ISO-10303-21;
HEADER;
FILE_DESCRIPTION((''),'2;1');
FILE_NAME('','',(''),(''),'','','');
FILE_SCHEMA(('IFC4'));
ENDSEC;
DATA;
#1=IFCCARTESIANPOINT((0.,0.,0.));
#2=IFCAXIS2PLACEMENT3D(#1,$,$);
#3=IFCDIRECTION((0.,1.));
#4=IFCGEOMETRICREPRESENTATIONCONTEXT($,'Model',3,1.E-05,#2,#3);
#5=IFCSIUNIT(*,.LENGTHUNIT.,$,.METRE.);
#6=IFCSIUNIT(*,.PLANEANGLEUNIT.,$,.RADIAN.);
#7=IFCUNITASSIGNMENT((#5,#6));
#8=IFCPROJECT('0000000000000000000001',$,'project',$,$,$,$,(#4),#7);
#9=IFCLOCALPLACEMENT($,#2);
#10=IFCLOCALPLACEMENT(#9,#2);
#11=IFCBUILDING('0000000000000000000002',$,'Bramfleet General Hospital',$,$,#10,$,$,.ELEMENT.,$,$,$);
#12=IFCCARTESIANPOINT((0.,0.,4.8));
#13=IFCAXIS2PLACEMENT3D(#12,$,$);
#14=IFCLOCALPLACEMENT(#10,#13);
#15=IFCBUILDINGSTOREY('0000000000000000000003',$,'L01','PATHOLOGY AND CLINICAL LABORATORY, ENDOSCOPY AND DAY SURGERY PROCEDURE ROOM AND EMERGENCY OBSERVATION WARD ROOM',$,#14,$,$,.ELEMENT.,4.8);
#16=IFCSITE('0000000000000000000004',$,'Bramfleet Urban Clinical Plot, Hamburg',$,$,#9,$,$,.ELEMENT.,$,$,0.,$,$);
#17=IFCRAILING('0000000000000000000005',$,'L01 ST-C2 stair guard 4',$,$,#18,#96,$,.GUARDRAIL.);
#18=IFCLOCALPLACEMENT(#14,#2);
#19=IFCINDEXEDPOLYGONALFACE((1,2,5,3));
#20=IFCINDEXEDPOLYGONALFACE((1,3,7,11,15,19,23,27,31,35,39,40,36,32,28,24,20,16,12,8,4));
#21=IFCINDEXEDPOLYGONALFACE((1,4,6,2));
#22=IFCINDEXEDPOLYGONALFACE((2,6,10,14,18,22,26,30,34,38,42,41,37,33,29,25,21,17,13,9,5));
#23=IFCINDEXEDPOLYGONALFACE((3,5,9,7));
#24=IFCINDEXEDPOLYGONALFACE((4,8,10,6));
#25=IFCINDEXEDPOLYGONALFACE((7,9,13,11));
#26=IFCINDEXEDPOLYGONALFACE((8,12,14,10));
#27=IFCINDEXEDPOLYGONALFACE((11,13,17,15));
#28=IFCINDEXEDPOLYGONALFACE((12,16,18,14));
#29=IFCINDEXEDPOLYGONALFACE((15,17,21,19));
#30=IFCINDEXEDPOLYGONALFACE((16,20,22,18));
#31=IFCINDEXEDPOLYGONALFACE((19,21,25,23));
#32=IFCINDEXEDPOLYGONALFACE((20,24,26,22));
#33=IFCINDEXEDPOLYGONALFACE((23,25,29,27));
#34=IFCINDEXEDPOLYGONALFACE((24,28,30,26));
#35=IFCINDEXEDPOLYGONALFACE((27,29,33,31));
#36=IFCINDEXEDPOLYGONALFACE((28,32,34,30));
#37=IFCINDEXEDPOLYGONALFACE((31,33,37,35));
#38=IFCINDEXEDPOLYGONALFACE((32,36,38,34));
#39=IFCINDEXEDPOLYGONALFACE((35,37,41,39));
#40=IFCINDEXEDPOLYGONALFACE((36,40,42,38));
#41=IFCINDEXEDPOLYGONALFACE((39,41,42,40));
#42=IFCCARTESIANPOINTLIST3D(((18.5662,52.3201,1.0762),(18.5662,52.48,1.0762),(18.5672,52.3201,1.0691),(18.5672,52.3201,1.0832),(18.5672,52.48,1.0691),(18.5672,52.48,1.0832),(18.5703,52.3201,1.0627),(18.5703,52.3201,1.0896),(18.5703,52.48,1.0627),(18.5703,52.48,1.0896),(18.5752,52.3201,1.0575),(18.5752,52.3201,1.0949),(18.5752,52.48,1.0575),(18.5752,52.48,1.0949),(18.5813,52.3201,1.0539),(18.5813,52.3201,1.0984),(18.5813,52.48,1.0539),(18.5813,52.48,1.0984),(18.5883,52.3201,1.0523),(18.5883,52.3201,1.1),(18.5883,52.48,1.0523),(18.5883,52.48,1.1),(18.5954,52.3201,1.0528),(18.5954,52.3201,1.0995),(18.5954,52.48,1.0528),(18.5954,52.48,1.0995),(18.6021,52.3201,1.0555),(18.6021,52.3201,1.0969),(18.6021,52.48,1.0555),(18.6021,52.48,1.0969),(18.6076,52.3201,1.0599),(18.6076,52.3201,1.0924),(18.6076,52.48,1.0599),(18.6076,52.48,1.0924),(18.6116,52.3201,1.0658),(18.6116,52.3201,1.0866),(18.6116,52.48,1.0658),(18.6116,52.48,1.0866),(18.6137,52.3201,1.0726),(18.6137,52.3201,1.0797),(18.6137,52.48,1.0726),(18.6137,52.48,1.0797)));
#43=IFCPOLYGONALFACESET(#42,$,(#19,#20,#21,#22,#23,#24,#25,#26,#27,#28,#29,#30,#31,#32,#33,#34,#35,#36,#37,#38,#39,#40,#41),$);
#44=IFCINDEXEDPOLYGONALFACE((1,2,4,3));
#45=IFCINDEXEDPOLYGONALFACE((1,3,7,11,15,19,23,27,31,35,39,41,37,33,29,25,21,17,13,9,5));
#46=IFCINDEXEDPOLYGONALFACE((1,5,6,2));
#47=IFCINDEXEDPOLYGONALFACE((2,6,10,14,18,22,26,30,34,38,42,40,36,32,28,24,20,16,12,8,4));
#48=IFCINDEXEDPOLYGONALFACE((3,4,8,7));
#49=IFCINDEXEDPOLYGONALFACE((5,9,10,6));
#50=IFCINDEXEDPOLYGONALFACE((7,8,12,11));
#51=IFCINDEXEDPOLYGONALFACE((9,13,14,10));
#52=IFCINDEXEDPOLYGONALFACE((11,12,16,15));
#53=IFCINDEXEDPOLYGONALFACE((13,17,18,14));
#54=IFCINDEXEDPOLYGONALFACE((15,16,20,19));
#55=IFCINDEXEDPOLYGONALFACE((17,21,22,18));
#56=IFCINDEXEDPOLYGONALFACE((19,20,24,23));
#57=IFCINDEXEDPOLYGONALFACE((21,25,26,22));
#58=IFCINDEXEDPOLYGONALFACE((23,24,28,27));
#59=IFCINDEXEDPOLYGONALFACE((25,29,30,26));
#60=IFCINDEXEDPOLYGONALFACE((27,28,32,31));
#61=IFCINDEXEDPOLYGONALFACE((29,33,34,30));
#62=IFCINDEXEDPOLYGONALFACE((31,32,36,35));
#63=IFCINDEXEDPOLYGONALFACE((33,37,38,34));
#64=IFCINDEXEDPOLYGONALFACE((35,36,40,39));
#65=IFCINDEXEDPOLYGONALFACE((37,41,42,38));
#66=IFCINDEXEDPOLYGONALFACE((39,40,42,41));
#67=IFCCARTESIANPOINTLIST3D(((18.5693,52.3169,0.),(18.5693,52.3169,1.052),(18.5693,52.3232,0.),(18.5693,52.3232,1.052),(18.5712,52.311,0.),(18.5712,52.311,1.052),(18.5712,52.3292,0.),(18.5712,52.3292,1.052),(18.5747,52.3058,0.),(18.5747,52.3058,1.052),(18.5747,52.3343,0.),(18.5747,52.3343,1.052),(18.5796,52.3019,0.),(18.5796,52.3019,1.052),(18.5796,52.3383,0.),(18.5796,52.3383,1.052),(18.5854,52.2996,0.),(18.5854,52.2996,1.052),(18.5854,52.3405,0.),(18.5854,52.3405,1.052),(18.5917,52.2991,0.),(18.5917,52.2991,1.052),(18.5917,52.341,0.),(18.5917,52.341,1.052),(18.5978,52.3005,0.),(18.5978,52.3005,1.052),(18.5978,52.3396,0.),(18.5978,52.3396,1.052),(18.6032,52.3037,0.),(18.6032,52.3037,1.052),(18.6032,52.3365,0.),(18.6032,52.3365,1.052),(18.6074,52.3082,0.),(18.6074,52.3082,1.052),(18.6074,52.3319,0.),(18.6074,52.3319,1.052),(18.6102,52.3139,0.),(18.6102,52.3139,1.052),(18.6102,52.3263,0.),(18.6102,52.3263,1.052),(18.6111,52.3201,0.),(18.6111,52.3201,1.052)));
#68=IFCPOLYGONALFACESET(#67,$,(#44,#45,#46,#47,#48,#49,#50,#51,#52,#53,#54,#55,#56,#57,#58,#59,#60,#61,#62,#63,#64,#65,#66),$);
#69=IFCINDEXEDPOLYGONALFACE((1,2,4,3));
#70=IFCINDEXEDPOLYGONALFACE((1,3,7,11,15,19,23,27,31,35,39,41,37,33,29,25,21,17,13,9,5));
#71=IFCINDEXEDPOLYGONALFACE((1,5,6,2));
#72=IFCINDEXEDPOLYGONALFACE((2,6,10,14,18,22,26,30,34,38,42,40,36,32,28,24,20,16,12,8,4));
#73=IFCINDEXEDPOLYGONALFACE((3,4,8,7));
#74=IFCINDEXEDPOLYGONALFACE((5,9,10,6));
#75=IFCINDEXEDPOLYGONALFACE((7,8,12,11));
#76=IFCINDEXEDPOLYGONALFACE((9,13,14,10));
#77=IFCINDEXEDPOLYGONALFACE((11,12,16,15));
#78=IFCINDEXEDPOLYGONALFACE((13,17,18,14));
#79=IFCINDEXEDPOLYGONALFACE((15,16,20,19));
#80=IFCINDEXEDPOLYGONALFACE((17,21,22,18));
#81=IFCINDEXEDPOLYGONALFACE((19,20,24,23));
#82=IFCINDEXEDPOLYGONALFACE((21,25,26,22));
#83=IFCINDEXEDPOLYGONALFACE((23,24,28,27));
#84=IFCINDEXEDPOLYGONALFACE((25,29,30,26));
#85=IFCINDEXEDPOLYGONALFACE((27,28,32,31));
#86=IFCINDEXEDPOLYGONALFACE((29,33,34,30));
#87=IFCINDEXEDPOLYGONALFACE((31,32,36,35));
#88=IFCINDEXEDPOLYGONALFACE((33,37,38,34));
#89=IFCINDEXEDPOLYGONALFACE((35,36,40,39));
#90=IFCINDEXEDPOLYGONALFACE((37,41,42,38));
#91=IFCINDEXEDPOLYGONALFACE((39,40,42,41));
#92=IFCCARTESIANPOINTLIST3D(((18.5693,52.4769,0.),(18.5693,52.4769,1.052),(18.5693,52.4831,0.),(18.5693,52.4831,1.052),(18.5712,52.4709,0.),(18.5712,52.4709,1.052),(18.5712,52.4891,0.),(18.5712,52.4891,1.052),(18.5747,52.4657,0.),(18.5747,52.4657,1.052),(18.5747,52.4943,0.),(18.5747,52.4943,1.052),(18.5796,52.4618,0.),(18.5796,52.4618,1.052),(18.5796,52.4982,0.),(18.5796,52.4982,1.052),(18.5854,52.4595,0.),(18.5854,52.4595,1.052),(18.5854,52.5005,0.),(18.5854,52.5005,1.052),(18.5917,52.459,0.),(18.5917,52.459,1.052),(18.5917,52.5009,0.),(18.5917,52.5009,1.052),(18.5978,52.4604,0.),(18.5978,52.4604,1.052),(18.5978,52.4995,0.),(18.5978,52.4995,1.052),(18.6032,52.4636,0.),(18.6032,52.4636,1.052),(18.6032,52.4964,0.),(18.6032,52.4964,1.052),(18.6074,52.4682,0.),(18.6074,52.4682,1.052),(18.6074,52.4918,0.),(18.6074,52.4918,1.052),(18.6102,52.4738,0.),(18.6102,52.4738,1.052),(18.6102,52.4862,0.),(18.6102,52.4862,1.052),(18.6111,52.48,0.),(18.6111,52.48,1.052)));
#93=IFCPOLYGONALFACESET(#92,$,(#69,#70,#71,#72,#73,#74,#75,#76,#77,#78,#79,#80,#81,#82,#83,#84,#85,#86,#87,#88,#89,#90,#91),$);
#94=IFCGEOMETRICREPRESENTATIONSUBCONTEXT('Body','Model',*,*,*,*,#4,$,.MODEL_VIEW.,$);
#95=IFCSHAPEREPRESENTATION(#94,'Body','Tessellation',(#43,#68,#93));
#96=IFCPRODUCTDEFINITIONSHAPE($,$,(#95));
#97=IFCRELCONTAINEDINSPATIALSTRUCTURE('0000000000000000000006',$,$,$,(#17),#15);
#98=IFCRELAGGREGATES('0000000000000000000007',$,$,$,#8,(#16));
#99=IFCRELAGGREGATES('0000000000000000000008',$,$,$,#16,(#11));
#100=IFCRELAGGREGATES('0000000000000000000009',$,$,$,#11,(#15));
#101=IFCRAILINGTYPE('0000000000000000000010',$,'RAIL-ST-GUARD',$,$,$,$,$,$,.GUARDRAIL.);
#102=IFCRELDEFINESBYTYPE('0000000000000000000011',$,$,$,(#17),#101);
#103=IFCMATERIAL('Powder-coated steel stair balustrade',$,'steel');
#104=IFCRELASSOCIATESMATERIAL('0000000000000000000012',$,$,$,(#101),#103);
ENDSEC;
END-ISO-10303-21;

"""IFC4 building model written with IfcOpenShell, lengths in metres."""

from ifc_helpers import new_model, si_unit, direction, frame, origin, origin_2d, place, context, subcontext, project, spatial, circle, extrude, material, type_object, element, save


model = new_model("IFC4")

# Units and contexts
model_context = context("Model", 3, precision=1e-05, world=origin(), true_north=direction((0.0, 1.0)))
body_context = subcontext(model_context, "Body", "Model", "MODEL_VIEW")
ifc_project = project(units=[si_unit("LENGTHUNIT", "METRE"), si_unit("PLANEANGLEUNIT", "RADIAN")], contexts=[model_context])

# Site, building, storey
site_placement = place(None, origin())
site = spatial("IfcSite", under=ifc_project, at=site_placement, Name="Bramfleet Urban Clinical Plot, Hamburg", CompositionType="ELEMENT", RefElevation=0.0)
building_placement = place(site_placement, origin())
building = spatial("IfcBuilding", under=site, at=building_placement, Name="Bramfleet General Hospital", CompositionType="ELEMENT")
storey_placement = place(building_placement, frame((0.0, 0.0, 4.8)))
storey = spatial("IfcBuildingStorey", under=building, at=storey_placement, Name="L01", Description="PATHOLOGY AND CLINICAL LABORATORY, ENDOSCOPY AND DAY SURGERY PROCEDURE ROOM AND EMERGENCY OBSERVATION WARD ROOM", CompositionType="ELEMENT", Elevation=4.8)

# Railing
ifc_material_1 = material(Name="Powder-coated steel stair balustrade", Category="steel")
railing_type_1 = type_object("IfcRailingType", Name="RAIL-ST-GUARD", PredefinedType="GUARDRAIL", material=ifc_material_1)
railing_1_placement = place(storey_placement, frame((18.5901, 52.3201, 0.0)))
element("IfcRailing", 1, at=railing_1_placement, inside=storey, type_object=railing_type_1, Name="L01 ST-C2 stair guard 4", PredefinedType="GUARDRAIL", context=body_context, shape_type="SweptSolid", body=[
    extrude(circle(Radius=0.0239, at=origin_2d()), frame((0.0, 0.0, 1.0762), z_axis=(0.0, 1.0, 0.0), x_axis=(-1.0, 0.0, 0.0)), (0.0, 0.0, 1.0), 0.1599),
    extrude(circle(Radius=0.021, at=origin_2d()), origin(), (0.0, 0.0, 1.0), 1.052),
    extrude(circle(Radius=0.021, at=origin_2d()), frame((0.0, 0.1599, 0.0)), (0.0, 0.0, 1.0), 1.052),
])

save(model, "model.ifc")
